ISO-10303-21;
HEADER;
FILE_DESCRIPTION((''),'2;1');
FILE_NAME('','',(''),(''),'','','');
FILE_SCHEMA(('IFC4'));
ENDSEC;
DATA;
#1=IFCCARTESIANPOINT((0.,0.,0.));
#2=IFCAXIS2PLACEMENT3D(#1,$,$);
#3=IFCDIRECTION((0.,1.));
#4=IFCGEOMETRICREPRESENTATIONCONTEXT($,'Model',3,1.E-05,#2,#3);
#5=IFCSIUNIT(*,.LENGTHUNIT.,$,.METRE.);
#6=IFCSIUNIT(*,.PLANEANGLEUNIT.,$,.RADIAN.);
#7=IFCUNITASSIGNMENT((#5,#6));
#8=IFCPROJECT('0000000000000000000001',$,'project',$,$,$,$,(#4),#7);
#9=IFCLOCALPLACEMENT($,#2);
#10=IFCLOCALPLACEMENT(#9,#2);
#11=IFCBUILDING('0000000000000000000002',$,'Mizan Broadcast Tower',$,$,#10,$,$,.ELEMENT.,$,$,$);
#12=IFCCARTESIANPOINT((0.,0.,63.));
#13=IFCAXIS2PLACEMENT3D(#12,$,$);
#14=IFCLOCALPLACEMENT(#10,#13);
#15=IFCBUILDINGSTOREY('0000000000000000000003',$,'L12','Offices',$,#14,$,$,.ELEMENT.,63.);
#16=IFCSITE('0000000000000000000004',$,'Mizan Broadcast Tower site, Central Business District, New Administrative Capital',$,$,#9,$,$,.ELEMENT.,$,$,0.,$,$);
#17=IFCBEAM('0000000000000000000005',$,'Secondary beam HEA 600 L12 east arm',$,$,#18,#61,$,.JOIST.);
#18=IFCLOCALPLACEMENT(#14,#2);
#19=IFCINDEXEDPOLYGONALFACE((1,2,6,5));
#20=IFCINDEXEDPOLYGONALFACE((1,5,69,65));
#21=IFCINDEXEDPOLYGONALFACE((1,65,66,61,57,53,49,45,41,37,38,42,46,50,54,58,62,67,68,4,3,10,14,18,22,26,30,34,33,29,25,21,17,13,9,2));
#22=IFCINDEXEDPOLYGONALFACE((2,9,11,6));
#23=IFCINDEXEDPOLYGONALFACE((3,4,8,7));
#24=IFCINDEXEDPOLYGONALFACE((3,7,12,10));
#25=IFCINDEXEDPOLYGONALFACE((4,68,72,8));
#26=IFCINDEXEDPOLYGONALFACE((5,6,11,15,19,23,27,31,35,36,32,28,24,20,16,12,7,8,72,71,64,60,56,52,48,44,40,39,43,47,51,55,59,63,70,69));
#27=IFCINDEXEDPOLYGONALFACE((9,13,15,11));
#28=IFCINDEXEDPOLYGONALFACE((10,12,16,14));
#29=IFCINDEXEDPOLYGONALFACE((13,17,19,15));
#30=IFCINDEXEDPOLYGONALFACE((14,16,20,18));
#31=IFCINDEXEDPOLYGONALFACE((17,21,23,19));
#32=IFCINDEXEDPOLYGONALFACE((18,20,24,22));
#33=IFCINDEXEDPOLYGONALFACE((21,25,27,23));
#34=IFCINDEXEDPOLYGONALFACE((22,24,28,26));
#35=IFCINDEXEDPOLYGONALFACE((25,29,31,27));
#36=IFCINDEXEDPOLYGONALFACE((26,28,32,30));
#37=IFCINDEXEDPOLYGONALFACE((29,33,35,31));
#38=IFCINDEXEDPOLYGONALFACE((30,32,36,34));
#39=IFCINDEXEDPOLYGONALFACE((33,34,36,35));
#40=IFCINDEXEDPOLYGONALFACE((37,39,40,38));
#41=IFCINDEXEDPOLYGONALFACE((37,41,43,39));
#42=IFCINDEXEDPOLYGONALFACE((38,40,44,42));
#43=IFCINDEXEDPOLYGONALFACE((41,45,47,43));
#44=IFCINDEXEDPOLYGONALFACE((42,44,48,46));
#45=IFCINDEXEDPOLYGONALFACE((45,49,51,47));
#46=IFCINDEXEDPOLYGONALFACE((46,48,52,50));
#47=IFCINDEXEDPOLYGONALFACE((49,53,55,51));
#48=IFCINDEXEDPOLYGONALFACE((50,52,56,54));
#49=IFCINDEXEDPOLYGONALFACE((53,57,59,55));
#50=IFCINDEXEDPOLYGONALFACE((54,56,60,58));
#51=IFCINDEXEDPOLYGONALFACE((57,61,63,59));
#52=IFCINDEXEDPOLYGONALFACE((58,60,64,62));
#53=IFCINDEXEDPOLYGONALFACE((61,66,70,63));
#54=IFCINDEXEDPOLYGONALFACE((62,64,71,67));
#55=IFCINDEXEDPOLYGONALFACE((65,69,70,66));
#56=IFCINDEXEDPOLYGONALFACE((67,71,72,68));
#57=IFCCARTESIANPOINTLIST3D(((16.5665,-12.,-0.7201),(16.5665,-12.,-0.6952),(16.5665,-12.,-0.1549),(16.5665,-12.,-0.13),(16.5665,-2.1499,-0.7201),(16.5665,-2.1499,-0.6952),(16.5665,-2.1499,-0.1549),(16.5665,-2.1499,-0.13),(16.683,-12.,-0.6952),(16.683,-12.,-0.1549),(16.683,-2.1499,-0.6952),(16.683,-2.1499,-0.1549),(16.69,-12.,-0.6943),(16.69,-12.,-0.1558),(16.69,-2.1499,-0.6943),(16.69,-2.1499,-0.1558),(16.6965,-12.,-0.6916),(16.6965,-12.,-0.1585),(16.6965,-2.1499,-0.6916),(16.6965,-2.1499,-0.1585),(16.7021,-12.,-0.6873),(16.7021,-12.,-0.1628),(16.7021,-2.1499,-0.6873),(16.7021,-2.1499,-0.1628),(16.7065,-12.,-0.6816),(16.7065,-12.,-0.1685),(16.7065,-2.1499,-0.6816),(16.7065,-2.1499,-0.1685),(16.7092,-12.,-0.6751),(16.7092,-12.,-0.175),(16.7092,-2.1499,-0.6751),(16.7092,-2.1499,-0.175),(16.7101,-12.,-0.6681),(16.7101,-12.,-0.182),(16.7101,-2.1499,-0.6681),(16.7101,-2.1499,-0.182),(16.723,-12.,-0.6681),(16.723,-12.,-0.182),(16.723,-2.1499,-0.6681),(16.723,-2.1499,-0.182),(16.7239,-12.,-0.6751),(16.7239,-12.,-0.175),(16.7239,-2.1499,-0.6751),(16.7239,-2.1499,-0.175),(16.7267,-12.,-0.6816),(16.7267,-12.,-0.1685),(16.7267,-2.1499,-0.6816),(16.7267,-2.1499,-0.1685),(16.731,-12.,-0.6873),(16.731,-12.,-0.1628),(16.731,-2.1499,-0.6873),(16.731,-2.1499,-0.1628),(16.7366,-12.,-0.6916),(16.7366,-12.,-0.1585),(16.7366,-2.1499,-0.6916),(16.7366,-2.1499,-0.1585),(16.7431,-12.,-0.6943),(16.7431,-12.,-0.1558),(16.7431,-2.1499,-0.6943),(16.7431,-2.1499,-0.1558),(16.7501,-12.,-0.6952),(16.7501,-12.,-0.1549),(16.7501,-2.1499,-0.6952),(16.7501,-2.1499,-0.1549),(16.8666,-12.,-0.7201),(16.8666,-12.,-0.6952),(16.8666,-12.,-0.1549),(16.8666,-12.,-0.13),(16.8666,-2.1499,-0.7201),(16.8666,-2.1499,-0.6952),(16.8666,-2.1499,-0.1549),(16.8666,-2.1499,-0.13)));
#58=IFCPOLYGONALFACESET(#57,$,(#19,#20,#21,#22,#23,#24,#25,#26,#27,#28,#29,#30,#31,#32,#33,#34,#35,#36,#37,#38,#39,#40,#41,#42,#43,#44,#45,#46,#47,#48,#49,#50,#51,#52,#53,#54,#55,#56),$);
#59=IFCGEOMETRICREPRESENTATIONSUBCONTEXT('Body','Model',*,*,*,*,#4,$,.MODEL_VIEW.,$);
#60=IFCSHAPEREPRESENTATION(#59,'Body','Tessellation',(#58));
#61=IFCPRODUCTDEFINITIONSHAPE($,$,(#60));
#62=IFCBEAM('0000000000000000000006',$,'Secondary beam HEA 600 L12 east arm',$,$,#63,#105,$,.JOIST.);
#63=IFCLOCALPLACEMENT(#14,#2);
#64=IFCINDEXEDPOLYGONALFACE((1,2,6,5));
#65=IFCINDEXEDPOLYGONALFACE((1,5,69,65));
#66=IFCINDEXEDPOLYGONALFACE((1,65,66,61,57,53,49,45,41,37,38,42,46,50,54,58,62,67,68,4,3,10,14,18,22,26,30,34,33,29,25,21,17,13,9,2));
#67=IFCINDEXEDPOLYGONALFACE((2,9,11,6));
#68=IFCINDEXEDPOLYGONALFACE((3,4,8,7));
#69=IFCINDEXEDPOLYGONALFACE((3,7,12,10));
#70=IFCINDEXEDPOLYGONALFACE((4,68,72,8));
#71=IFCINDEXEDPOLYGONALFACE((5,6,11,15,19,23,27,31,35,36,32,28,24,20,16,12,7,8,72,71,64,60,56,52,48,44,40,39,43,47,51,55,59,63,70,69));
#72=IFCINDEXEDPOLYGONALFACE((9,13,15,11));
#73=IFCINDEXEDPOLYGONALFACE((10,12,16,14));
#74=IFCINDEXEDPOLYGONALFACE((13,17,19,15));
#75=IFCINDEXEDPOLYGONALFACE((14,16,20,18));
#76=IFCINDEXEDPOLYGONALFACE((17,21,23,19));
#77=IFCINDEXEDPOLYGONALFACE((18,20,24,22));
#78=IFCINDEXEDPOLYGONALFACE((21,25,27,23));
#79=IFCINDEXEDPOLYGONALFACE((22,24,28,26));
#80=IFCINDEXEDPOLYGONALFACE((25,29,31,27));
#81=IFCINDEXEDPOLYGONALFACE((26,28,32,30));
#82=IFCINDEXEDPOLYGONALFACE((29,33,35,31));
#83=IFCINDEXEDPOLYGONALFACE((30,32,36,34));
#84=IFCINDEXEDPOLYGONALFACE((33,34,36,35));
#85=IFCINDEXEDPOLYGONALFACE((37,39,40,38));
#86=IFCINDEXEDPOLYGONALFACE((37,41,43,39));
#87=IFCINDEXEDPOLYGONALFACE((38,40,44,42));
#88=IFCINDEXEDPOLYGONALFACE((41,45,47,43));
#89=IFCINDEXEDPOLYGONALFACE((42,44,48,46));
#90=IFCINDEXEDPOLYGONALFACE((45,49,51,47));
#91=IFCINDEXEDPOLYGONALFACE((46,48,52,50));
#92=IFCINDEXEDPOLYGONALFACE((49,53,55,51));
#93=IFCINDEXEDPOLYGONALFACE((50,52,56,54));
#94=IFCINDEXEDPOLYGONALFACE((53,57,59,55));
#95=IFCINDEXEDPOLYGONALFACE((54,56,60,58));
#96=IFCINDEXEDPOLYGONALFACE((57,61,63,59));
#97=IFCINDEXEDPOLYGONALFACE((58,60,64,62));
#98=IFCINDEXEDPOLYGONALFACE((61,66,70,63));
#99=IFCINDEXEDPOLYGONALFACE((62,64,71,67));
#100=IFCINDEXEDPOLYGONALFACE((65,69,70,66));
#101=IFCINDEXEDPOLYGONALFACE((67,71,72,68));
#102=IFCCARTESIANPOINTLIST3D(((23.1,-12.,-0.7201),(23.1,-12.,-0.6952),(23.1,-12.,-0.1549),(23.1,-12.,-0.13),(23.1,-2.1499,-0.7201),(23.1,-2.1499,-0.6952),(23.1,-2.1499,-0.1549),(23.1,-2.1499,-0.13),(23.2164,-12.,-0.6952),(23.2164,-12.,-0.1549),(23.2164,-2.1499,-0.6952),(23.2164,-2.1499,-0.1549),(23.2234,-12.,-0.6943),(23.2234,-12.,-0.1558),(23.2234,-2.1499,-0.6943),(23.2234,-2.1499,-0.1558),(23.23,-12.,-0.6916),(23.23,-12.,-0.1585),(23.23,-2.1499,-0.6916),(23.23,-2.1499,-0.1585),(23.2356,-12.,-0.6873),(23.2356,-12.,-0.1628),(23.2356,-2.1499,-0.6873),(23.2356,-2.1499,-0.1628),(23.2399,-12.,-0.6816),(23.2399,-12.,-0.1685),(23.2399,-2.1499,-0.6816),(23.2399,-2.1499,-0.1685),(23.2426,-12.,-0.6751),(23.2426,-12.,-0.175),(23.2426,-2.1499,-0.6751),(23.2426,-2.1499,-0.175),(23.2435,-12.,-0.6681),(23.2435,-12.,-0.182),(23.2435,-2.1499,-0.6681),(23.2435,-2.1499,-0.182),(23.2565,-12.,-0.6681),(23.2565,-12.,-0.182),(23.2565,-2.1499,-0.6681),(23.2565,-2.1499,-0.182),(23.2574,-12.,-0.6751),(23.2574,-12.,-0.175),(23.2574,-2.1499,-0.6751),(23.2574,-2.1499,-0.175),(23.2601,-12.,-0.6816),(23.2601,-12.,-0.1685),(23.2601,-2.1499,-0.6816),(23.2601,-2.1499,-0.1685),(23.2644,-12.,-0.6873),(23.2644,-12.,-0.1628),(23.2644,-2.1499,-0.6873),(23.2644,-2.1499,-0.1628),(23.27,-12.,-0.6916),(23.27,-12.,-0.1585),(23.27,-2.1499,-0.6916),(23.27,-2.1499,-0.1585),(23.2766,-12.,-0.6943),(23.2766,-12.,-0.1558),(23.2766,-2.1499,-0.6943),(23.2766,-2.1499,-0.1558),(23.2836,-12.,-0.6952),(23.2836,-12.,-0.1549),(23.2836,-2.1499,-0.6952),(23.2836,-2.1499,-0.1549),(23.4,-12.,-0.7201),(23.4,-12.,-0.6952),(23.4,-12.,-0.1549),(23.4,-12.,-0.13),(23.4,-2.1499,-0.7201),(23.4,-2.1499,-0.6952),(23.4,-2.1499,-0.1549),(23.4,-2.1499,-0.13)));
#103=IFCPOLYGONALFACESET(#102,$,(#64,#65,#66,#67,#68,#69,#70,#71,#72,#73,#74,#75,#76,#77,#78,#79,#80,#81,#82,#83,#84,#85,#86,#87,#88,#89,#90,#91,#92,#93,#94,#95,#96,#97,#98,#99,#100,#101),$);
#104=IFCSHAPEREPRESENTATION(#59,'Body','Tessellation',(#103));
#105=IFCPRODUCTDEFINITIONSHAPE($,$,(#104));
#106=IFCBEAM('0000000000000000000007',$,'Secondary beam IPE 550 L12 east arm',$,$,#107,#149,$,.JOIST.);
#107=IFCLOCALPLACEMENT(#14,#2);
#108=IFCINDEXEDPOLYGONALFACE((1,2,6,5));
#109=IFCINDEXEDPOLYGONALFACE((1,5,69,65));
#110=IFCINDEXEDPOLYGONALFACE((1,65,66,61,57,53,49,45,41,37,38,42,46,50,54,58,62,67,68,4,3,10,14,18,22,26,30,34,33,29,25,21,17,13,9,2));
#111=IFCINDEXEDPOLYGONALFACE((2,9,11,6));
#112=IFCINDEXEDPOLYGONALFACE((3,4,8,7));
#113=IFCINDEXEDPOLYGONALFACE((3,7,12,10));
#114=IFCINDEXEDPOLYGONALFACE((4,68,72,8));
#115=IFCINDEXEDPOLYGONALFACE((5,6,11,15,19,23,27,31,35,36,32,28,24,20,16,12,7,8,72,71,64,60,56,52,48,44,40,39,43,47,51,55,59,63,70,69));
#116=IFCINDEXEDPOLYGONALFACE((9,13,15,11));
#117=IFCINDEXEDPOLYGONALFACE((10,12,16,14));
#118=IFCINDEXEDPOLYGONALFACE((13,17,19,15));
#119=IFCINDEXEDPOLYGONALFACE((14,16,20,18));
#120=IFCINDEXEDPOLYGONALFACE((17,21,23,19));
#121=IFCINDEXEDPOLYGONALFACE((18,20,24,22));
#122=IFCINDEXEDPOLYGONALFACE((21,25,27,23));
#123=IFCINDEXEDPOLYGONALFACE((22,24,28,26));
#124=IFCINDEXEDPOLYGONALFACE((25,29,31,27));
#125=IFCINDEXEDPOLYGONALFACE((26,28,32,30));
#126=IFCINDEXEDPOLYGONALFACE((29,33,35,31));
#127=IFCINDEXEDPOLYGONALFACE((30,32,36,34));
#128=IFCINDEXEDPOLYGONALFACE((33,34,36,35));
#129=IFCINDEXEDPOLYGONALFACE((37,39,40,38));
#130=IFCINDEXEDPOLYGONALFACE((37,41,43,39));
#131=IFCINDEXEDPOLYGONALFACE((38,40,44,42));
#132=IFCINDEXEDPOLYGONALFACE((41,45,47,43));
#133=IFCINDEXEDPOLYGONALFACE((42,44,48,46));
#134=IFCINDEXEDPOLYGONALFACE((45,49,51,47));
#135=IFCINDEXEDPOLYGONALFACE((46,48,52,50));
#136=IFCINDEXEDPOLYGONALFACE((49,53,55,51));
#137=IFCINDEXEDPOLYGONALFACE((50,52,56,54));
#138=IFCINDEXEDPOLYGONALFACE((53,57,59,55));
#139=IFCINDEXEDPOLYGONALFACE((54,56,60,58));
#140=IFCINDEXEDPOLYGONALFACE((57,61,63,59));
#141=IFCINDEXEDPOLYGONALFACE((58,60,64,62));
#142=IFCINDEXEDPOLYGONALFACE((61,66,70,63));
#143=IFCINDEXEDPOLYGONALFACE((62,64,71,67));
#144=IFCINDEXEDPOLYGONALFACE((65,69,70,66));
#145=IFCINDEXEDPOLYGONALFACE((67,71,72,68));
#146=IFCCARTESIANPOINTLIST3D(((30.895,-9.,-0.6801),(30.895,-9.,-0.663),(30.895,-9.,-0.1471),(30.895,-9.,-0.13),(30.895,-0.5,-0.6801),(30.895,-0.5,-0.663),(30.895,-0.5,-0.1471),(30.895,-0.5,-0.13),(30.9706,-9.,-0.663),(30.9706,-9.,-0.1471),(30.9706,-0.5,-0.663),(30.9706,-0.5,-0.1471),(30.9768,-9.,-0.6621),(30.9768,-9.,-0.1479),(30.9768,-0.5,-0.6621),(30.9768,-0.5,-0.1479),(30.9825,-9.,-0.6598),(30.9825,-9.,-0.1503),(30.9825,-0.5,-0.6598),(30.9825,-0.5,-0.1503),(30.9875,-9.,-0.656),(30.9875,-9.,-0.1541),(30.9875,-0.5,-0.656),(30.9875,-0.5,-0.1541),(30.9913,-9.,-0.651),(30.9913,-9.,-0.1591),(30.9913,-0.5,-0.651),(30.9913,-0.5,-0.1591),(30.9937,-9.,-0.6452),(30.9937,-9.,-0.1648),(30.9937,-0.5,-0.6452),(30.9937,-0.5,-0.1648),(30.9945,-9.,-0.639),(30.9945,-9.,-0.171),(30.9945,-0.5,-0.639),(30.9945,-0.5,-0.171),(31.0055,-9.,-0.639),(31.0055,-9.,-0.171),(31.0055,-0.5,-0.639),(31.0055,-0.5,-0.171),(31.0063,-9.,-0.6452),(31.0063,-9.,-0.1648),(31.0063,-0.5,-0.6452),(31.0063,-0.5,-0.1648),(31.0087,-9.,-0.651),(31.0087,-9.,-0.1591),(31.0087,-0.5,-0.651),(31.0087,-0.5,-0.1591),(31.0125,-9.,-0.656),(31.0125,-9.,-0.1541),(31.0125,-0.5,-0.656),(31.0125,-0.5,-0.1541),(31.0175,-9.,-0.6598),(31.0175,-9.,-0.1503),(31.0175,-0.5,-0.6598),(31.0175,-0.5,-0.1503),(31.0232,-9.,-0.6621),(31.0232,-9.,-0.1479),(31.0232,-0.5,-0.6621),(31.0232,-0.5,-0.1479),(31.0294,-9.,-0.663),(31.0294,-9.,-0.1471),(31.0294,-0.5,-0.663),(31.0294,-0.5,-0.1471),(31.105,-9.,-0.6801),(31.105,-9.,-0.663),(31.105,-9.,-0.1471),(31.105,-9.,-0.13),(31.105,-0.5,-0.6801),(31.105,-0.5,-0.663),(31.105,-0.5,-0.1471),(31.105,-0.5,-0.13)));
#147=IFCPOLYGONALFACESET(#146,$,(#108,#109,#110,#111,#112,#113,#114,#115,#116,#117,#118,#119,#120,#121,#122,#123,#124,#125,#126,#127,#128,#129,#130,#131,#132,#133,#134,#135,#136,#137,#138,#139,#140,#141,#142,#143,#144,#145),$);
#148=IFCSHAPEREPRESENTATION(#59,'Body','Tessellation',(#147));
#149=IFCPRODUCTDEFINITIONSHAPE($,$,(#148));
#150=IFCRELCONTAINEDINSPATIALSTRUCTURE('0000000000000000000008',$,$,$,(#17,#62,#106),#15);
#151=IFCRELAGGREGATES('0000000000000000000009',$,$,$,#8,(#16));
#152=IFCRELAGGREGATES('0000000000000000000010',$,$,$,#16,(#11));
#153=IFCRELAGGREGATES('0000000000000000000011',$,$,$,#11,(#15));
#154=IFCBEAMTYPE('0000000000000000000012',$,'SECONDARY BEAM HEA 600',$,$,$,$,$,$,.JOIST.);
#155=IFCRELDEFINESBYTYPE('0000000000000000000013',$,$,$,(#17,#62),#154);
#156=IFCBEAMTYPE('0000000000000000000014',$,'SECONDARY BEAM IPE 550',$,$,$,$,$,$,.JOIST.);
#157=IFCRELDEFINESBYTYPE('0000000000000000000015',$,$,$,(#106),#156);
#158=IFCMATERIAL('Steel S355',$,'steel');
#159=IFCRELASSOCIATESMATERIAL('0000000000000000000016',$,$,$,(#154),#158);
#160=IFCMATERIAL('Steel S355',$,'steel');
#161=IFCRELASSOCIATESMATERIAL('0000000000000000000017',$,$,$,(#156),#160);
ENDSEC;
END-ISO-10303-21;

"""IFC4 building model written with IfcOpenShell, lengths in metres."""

from ifc_helpers import new_model, si_unit, direction, frame, origin, origin_2d, place, context, subcontext, project, spatial, i_section, extrude, material, material_profile, profile_set, type_object, element, save


model = new_model("IFC4")

# Units and contexts
model_context = context("Model", 3, precision=1e-05, world=origin(), true_north=direction((0.0, 1.0)))
body_context = subcontext(model_context, "Body", "Model", "MODEL_VIEW")
ifc_project = project(units=[si_unit("LENGTHUNIT", "METRE"), si_unit("PLANEANGLEUNIT", "RADIAN")], contexts=[model_context])

# Site, building, storey
site_placement = place(None, origin())
site = spatial("IfcSite", under=ifc_project, at=site_placement, Name="Mizan Broadcast Tower site, Central Business District, New Administrative Capital", CompositionType="ELEMENT", RefElevation=0.0)
building_placement = place(site_placement, origin())
building = spatial("IfcBuilding", under=site, at=building_placement, Name="Mizan Broadcast Tower", CompositionType="ELEMENT")
storey_placement = place(building_placement, frame((0.0, 0.0, 63.0)))
storey = spatial("IfcBuildingStorey", under=building, at=storey_placement, Name="L12", Description="Offices", CompositionType="ELEMENT", Elevation=63.0)

# Beams
ifc_material_1 = material(Name="Steel S355", Category="steel")
ifc_material_profile_1 = material_profile(ifc_material_1, i_section(OverallWidth=0.3, OverallDepth=0.5901, WebThickness=0.0129, FlangeThickness=0.0249, FilletRadius=0.0271, at=origin_2d()), Name="HEA 600")
ifc_profile_set_1 = profile_set([ifc_material_profile_1], Name="Steel S355")
beam_type_1 = type_object("IfcBeamType", Name="SECONDARY BEAM HEA 600", PredefinedType="JOIST", material=ifc_profile_set_1)
for number, where, z_axis, x_axis, name in (
    (1, (16.7166, -12.0, -0.425), (0.0, 1.0, 0.0), (-1.0, 0.0, 0.0), "Secondary beam HEA 600 L12 east arm"),
    (2, (23.25, -12.0, -0.425), (0.0, 1.0, 0.0), (-1.0, 0.0, 0.0), "Secondary beam HEA 600 L12 east arm"),
):
    element("IfcBeam", number, at=place(storey_placement, frame(where, z_axis=z_axis, x_axis=x_axis)), inside=storey, type_object=beam_type_1, Name=name, PredefinedType="JOIST", context=body_context, shape_type="SweptSolid", body=[
        extrude(i_section(OverallWidth=0.3, OverallDepth=0.5901, WebThickness=0.0129, FlangeThickness=0.0249, FilletRadius=0.0271, at=origin_2d()), origin(), (0.0, 0.0, 1.0), 9.8501),
    ])
ifc_material_2 = material(Name="Steel S355", Category="steel")
ifc_material_profile_2 = material_profile(ifc_material_2, i_section(OverallWidth=0.21, OverallDepth=0.55, WebThickness=0.011, FlangeThickness=0.0171, FilletRadius=0.0239, at=origin_2d()), Name="IPE 550")
ifc_profile_set_2 = profile_set([ifc_material_profile_2], Name="Steel S355")
beam_type_2 = type_object("IfcBeamType", Name="SECONDARY BEAM IPE 550", PredefinedType="JOIST", material=ifc_profile_set_2)
beam_1_placement = place(storey_placement, frame((31.0, -9.0, -0.405), z_axis=(0.0, 1.0, 0.0), x_axis=(-1.0, 0.0, 0.0)))
element("IfcBeam", 3, at=beam_1_placement, inside=storey, type_object=beam_type_2, Name="Secondary beam IPE 550 L12 east arm", PredefinedType="JOIST", context=body_context, shape_type="SweptSolid", body=[
    extrude(i_section(OverallWidth=0.21, OverallDepth=0.55, WebThickness=0.011, FlangeThickness=0.0171, FilletRadius=0.0239, at=origin_2d()), origin(), (0.0, 0.0, 1.0), 8.5),
])

save(model, "model.ifc")
